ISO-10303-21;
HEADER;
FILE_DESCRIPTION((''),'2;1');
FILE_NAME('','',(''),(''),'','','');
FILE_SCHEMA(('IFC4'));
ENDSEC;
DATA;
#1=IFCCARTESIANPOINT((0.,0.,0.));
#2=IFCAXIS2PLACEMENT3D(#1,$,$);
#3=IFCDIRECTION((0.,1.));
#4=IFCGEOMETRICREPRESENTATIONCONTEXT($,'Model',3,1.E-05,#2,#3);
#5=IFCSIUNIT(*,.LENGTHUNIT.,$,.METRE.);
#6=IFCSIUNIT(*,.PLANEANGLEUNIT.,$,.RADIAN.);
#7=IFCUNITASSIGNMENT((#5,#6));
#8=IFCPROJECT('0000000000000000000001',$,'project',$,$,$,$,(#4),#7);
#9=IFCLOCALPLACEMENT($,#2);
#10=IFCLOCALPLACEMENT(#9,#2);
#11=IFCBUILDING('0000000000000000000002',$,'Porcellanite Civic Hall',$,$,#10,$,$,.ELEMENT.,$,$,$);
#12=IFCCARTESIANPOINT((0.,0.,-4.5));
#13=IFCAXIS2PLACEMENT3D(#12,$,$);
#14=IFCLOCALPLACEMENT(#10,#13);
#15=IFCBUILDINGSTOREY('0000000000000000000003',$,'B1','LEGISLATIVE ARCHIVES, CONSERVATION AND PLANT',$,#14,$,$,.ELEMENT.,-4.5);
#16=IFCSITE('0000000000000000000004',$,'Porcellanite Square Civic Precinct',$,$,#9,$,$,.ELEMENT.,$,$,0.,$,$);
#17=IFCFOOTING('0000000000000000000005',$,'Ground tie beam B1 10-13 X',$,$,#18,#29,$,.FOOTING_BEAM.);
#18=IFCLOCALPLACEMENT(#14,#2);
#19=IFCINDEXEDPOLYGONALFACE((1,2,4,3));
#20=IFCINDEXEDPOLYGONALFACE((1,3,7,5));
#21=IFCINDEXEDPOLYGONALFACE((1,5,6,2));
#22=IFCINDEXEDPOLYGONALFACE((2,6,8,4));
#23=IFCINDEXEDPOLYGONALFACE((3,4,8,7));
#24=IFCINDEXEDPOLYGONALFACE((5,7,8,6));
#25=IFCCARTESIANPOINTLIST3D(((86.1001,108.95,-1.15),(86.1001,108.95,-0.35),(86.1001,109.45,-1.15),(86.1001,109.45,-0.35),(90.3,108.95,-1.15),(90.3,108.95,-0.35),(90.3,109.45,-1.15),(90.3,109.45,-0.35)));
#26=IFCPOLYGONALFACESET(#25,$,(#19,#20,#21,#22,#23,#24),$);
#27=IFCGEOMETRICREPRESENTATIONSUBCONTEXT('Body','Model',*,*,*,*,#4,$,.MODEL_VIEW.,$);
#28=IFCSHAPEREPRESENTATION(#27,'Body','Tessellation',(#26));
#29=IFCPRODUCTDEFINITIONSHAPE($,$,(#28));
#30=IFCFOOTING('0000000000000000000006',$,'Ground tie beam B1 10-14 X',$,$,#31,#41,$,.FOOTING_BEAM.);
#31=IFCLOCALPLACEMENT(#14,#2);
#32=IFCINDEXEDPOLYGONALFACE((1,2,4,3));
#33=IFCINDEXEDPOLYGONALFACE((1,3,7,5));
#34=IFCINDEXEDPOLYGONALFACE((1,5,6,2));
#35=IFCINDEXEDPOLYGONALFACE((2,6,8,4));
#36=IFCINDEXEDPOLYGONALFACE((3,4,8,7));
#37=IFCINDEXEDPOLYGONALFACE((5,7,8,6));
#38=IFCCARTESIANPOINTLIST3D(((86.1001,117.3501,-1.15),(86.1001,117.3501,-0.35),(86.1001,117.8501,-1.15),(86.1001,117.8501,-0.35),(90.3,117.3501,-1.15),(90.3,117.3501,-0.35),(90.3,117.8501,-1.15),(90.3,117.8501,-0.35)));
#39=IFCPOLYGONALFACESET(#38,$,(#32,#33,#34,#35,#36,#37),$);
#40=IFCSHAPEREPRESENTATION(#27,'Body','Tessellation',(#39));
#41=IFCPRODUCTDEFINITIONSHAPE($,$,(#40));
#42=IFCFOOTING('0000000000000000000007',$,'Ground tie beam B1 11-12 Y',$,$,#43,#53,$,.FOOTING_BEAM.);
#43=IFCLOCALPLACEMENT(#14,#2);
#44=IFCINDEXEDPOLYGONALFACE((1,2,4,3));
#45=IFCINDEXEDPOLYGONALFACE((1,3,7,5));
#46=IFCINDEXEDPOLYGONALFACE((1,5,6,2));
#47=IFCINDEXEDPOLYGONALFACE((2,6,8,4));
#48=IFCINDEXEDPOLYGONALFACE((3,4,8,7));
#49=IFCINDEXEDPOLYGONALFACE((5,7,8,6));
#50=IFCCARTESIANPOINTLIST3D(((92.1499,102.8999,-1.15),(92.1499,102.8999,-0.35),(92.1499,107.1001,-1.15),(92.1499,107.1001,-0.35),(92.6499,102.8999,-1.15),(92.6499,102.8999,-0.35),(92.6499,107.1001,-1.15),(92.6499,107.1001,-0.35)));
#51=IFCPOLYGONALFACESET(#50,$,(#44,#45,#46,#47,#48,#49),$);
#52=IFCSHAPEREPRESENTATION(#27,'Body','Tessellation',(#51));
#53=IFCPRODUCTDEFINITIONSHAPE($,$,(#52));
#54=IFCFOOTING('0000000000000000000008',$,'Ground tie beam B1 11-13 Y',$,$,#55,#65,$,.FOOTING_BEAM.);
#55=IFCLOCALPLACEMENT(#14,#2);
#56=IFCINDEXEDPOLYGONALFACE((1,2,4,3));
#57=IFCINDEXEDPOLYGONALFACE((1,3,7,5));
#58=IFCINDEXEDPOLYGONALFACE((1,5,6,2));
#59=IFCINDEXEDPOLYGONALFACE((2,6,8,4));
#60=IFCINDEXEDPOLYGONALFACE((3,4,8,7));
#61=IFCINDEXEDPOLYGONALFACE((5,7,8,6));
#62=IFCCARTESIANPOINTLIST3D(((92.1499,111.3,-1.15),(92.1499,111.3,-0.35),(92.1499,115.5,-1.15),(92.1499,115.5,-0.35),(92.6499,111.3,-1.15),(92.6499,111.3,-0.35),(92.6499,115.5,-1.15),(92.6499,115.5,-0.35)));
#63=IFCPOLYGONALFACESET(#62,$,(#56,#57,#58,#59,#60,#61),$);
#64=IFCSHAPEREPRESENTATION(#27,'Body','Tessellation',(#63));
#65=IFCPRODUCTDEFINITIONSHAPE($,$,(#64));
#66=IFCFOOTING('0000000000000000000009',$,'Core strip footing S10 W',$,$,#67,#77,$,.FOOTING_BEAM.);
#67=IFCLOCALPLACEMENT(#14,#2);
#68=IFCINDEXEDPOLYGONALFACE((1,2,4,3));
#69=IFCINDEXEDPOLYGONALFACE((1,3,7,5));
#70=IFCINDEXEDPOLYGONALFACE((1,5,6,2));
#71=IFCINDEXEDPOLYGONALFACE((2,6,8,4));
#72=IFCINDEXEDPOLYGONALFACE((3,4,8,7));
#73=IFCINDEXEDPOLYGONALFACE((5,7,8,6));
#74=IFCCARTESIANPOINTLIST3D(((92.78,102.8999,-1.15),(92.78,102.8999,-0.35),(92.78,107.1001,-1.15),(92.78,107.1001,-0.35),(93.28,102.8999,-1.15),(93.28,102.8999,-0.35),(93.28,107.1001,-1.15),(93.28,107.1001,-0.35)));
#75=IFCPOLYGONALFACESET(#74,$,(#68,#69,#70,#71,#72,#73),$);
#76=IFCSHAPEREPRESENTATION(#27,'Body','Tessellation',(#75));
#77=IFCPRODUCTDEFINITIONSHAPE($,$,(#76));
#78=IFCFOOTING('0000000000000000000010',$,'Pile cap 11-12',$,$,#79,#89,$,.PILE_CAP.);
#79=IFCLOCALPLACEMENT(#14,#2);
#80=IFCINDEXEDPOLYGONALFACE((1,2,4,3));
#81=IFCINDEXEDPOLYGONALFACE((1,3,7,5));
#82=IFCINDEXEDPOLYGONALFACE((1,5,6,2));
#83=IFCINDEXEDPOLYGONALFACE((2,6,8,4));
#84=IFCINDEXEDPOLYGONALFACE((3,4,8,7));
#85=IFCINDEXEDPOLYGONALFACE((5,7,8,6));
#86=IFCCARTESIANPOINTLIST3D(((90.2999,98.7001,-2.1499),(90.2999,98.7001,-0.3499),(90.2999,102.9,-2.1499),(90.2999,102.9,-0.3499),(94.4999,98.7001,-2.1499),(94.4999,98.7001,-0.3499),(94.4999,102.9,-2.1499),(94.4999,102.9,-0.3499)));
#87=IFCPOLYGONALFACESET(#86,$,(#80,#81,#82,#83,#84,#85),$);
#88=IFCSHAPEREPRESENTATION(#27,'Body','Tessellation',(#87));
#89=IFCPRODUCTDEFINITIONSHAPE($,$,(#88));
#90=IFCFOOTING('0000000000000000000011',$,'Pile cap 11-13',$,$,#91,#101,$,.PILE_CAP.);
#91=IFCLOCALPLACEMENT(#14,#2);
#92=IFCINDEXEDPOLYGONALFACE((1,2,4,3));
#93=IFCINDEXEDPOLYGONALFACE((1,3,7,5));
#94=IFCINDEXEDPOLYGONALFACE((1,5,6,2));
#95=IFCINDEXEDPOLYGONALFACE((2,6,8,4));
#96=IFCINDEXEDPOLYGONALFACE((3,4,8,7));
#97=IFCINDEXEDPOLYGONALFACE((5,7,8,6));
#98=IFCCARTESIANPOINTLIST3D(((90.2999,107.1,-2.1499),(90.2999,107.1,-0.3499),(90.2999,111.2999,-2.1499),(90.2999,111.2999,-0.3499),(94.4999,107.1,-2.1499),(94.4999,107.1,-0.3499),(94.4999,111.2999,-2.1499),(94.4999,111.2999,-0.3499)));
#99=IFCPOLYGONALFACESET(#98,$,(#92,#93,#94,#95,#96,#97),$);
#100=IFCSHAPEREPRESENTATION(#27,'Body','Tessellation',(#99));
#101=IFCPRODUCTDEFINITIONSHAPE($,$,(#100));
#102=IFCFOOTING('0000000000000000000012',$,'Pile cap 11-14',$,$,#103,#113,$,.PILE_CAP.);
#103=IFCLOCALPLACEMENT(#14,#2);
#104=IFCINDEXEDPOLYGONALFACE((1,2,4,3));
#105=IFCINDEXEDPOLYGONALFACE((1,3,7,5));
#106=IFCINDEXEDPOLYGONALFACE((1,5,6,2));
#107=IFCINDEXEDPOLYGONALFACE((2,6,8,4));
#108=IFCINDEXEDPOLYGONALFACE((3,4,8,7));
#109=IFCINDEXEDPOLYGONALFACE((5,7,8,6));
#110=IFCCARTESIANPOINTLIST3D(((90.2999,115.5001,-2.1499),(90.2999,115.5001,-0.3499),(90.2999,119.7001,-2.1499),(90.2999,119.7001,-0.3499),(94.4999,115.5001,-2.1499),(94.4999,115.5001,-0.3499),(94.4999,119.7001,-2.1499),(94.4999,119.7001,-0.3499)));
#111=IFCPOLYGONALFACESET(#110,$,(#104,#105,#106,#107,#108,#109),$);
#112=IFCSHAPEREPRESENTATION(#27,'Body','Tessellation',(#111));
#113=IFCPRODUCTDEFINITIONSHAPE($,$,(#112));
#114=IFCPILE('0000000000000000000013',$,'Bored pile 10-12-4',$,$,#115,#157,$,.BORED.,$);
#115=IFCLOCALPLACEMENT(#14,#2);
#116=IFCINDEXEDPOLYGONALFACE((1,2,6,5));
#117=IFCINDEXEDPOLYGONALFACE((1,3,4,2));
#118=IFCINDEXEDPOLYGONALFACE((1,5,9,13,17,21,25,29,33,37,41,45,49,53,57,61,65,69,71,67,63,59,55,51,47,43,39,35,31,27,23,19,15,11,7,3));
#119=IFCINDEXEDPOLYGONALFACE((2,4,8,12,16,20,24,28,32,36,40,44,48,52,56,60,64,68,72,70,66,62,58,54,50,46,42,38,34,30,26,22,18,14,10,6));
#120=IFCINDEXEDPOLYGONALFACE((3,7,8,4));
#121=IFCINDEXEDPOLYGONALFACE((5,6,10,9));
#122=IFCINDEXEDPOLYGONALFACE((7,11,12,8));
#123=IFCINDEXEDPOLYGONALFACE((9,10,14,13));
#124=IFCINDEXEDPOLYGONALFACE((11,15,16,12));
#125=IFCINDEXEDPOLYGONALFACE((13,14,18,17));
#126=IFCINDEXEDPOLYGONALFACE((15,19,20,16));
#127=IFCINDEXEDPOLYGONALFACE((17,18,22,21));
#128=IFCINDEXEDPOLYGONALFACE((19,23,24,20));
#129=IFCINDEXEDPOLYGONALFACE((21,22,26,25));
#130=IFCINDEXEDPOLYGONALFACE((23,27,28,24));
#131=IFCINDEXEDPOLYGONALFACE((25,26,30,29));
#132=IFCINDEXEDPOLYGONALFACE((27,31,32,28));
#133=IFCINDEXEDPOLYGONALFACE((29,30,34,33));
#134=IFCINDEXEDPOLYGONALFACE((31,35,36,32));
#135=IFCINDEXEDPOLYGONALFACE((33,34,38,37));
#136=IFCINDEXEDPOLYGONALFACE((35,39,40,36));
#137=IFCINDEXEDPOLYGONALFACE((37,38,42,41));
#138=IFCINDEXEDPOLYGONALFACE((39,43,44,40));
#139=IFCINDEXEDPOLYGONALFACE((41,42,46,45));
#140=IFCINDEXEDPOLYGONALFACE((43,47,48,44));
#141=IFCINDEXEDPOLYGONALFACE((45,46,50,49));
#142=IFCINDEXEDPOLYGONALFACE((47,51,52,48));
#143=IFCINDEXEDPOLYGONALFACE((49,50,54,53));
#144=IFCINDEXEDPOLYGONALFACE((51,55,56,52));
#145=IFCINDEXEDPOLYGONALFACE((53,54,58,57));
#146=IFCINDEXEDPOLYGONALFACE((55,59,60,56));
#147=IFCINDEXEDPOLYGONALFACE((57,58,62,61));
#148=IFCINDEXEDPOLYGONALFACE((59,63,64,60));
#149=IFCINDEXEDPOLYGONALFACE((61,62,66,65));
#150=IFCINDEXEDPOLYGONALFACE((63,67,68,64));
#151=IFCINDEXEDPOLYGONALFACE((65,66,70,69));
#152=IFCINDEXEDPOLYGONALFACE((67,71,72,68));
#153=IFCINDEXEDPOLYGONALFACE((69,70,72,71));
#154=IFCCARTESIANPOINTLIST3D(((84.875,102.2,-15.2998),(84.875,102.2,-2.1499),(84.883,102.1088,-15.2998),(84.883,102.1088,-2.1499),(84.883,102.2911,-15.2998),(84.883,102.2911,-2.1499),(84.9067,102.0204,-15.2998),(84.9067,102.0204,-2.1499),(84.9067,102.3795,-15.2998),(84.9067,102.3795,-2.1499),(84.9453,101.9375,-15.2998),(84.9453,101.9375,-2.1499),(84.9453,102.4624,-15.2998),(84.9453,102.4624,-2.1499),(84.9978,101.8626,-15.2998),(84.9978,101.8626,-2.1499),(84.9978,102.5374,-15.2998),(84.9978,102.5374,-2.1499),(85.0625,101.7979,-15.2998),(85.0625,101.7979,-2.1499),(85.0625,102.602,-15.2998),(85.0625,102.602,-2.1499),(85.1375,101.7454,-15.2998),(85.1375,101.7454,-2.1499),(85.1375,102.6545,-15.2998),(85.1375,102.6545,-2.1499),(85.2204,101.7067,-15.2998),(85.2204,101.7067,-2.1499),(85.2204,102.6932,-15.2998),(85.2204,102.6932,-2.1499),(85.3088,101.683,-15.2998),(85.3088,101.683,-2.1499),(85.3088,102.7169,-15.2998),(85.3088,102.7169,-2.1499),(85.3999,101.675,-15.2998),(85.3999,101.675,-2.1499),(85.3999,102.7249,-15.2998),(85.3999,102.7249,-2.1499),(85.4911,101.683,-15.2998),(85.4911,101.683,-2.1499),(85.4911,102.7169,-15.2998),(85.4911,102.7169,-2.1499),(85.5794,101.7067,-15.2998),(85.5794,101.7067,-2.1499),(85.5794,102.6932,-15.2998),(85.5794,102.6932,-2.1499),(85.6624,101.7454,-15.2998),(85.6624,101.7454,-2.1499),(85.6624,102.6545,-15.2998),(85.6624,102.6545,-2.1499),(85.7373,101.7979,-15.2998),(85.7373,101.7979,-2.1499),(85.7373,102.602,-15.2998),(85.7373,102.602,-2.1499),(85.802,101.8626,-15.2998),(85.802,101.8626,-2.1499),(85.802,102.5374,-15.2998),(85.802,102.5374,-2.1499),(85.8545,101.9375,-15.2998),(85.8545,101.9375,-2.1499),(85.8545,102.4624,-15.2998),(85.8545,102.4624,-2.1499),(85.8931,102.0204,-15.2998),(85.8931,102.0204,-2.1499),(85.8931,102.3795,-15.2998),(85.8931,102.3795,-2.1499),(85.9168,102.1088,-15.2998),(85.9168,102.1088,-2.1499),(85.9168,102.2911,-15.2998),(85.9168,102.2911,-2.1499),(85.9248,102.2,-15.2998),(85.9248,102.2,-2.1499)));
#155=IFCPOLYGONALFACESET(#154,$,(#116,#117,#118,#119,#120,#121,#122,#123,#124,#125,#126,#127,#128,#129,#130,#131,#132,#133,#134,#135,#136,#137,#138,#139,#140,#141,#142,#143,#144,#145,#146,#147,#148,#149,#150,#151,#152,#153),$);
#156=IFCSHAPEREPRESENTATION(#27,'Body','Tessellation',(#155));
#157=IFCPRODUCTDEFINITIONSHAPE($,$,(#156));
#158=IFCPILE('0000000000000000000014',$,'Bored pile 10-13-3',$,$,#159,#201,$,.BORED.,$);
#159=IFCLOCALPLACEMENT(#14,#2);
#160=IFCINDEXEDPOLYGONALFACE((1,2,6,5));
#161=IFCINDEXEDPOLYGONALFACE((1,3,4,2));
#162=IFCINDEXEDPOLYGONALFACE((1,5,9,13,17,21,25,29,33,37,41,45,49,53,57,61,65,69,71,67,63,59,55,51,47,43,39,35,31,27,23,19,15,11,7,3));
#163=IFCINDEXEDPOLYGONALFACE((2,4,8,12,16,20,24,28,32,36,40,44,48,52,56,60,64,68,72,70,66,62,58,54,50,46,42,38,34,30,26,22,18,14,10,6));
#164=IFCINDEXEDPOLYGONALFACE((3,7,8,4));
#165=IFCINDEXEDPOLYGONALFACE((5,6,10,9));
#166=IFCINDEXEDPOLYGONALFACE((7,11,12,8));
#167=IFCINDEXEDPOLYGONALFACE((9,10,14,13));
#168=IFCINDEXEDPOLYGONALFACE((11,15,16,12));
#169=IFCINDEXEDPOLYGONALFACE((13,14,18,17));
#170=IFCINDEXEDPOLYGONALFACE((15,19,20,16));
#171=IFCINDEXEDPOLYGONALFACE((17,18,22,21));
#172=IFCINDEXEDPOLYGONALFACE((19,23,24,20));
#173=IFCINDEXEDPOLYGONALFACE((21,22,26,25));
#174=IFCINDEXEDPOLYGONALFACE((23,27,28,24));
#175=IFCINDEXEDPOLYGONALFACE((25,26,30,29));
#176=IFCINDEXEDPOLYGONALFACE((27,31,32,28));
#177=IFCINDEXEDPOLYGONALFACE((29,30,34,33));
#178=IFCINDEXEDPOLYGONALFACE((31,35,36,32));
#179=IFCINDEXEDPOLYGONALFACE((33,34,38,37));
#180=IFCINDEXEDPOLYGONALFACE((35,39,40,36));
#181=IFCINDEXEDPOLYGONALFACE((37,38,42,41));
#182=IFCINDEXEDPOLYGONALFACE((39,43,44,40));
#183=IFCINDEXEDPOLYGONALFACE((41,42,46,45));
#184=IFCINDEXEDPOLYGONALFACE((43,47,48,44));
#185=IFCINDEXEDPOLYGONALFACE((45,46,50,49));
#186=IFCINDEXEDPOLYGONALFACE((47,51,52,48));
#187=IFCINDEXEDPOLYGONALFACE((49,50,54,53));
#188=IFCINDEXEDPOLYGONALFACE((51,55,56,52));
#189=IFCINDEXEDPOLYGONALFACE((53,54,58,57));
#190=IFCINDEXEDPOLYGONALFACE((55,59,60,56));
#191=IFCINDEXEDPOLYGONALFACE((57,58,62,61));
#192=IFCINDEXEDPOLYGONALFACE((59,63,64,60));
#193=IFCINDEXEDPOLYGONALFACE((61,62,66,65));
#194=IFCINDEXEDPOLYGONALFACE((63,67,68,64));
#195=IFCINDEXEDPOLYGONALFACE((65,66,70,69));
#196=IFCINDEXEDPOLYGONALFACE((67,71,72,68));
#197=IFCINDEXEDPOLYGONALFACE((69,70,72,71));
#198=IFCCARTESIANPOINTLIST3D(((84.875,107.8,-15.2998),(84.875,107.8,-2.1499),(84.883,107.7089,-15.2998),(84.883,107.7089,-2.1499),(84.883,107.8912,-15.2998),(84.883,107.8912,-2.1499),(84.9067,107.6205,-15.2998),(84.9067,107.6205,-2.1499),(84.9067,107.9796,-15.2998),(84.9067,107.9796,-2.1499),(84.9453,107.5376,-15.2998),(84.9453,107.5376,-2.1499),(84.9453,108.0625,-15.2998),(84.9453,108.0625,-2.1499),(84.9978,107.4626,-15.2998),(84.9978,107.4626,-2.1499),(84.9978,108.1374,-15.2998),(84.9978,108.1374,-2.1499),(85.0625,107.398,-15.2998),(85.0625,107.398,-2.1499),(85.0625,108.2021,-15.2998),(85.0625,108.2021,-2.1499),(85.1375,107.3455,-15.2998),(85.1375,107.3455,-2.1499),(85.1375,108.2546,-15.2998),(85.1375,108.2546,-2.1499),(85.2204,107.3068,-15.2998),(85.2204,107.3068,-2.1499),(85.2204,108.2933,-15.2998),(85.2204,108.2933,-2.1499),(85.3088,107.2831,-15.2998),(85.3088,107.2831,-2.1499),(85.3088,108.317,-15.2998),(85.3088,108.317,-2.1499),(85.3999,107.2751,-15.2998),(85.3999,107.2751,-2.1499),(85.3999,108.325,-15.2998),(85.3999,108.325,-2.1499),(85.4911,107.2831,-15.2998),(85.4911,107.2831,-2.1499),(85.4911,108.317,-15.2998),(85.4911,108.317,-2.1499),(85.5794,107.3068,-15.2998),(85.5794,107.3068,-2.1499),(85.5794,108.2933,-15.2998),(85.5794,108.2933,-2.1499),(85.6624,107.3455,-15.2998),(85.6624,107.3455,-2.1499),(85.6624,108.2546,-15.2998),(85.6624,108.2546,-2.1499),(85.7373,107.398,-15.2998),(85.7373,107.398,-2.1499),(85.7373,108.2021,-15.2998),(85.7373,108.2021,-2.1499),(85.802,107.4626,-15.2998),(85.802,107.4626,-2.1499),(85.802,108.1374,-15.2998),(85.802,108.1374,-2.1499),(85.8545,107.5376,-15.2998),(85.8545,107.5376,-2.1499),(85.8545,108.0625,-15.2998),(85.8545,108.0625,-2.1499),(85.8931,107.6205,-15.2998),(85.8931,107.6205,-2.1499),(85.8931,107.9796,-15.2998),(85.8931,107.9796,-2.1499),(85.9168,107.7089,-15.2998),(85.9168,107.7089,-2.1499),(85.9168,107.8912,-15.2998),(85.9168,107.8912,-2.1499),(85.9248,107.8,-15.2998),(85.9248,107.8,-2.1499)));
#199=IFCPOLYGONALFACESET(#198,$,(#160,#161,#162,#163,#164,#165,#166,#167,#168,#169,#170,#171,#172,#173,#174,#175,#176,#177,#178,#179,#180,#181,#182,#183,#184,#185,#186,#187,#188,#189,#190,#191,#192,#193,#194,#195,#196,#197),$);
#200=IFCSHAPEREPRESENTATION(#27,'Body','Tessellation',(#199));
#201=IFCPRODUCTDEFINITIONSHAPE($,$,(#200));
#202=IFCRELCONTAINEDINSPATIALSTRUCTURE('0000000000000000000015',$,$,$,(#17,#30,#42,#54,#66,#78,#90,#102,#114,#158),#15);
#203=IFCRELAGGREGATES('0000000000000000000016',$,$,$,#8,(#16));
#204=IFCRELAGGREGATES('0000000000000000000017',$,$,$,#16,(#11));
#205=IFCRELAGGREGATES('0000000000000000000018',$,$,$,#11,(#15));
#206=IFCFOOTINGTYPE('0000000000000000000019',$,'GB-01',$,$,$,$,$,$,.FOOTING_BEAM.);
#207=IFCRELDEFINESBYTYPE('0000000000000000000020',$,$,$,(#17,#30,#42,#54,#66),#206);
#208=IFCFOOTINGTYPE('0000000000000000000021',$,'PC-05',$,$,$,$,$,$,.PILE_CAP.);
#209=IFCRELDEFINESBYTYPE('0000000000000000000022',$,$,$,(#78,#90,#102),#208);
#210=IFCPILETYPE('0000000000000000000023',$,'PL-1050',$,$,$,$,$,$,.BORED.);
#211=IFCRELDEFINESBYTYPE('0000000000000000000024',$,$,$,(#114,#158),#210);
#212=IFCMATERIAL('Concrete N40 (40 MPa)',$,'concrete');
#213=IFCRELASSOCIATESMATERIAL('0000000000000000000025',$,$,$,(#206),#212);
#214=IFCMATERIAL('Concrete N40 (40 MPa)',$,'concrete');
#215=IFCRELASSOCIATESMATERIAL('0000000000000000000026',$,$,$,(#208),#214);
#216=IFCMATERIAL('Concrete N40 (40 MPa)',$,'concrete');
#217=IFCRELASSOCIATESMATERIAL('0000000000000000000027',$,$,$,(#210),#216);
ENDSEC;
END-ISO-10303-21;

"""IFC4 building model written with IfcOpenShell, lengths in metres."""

from ifc_helpers import new_model, si_unit, direction, frame, origin, origin_2d, place, context, subcontext, project, spatial, rectangle, circle, extrude, material, material_profile, profile_set, type_object, element, save


model = new_model("IFC4")

# Units and contexts
model_context = context("Model", 3, precision=1e-05, world=origin(), true_north=direction((0.0, 1.0)))
body_context = subcontext(model_context, "Body", "Model", "MODEL_VIEW")
ifc_project = project(units=[si_unit("LENGTHUNIT", "METRE"), si_unit("PLANEANGLEUNIT", "RADIAN")], contexts=[model_context])

# Site, building, storey
site_placement = place(None, origin())
site = spatial("IfcSite", under=ifc_project, at=site_placement, Name="Porcellanite Square Civic Precinct", CompositionType="ELEMENT", RefElevation=0.0)
building_placement = place(site_placement, origin())
building = spatial("IfcBuilding", under=site, at=building_placement, Name="Porcellanite Civic Hall", CompositionType="ELEMENT")
storey_placement = place(building_placement, frame((0.0, 0.0, -4.5)))
storey = spatial("IfcBuildingStorey", under=building, at=storey_placement, Name="B1", Description="LEGISLATIVE ARCHIVES, CONSERVATION AND PLANT", CompositionType="ELEMENT", Elevation=-4.5)

# Footings
ifc_material_1 = material(Name="Concrete N40 (40 MPa)", Category="concrete")
ifc_material_profile_1 = material_profile(ifc_material_1, rectangle(XDim=0.5, YDim=0.8, at=origin_2d()), Name="RC-500x800")
ifc_profile_set_1 = profile_set([ifc_material_profile_1], Name="Concrete N40 (40 MPa)")
footing_type_1 = type_object("IfcFootingType", Name="GB-01", PredefinedType="FOOTING_BEAM", material=ifc_profile_set_1)
for number, where, z_axis, x_axis, name in (
    (1, (86.1001, 109.2, -0.75), (1.0, 0.0, 0.0), (0.0, 1.0, 0.0), "Ground tie beam B1 10-13 X"),
    (2, (86.1001, 117.6001, -0.75), (1.0, 0.0, 0.0), (0.0, 1.0, 0.0), "Ground tie beam B1 10-14 X"),
):
    element("IfcFooting", number, at=place(storey_placement, frame(where, z_axis=z_axis, x_axis=x_axis)), inside=storey, type_object=footing_type_1, Name=name, PredefinedType="FOOTING_BEAM", context=body_context, shape_type="SweptSolid", body=[
        extrude(rectangle(XDim=0.5, YDim=0.8, at=origin_2d()), origin(), (0.0, 0.0, 1.0), 4.2),
    ])
footing_1_placement = place(storey_placement, frame((92.3999, 102.8999, -0.75), z_axis=(0.0, 1.0, 0.0), x_axis=(-1.0, 0.0, 0.0)))
element("IfcFooting", 3, at=footing_1_placement, inside=storey, type_object=footing_type_1, Name="Ground tie beam B1 11-12 Y", PredefinedType="FOOTING_BEAM", context=body_context, shape_type="SweptSolid", body=[
    extrude(rectangle(XDim=0.5, YDim=0.8, at=origin_2d()), origin(), (0.0, 0.0, 1.0), 4.2002),
])
footing_2_placement = place(storey_placement, frame((92.3999, 111.3, -0.75), z_axis=(0.0, 1.0, 0.0), x_axis=(-1.0, 0.0, 0.0)))
element("IfcFooting", 4, at=footing_2_placement, inside=storey, type_object=footing_type_1, Name="Ground tie beam B1 11-13 Y", PredefinedType="FOOTING_BEAM", context=body_context, shape_type="SweptSolid", body=[
    extrude(rectangle(XDim=0.5, YDim=0.8, at=origin_2d()), origin(), (0.0, 0.0, 1.0), 4.2),
])
footing_3_placement = place(storey_placement, frame((93.03, 102.8999, -0.75), z_axis=(0.0, 1.0, 0.0), x_axis=(-1.0, 0.0, 0.0)))
element("IfcFooting", 5, at=footing_3_placement, inside=storey, type_object=footing_type_1, Name="Core strip footing S10 W", PredefinedType="FOOTING_BEAM", context=body_context, shape_type="SweptSolid", body=[
    extrude(rectangle(XDim=0.5, YDim=0.8, at=origin_2d()), origin(), (0.0, 0.0, 1.0), 4.2002),
])
ifc_material_2 = material(Name="Concrete N40 (40 MPa)", Category="concrete")
footing_type_2 = type_object("IfcFootingType", Name="PC-05", PredefinedType="PILE_CAP", material=ifc_material_2)
for number, where, z_axis, x_axis, name in (
    (6, (92.3999, 100.8, -2.1499), (0.0, 0.0, 1.0), (1.0, 0.0, 0.0), "Pile cap 11-12"),
    (7, (92.3999, 109.2, -2.1499), (0.0, 0.0, 1.0), (1.0, 0.0, 0.0), "Pile cap 11-13"),
    (8, (92.3999, 117.6001, -2.1499), (0.0, 0.0, 1.0), (1.0, 0.0, 0.0), "Pile cap 11-14"),
):
    element("IfcFooting", number, at=place(storey_placement, frame(where, z_axis=z_axis, x_axis=x_axis)), inside=storey, type_object=footing_type_2, Name=name, PredefinedType="PILE_CAP", context=body_context, shape_type="SweptSolid", body=[
        extrude(rectangle(XDim=4.2, YDim=4.2, at=origin_2d()), origin(), (0.0, 0.0, 1.0), 1.8),
    ])

# Piles
ifc_material_3 = material(Name="Concrete N40 (40 MPa)", Category="concrete")
ifc_material_profile_2 = material_profile(ifc_material_3, circle(Radius=0.5249, at=origin_2d()), Name="PILE-D1050")
ifc_profile_set_2 = profile_set([ifc_material_profile_2], Name="Concrete N40 (40 MPa)")
pile_type = type_object("IfcPileType", Name="PL-1050", PredefinedType="BORED", material=ifc_profile_set_2)
for number, where, z_axis, x_axis, name in (
    (9, (85.3999, 102.2, -2.1499), (0.0, 0.0, -1.0), (1.0, 0.0, 0.0), "Bored pile 10-12-4"),
    (10, (85.3999, 107.8, -2.1499), (0.0, 0.0, -1.0), (1.0, 0.0, 0.0), "Bored pile 10-13-3"),
):
    element("IfcPile", number, at=place(storey_placement, frame(where, z_axis=z_axis, x_axis=x_axis)), inside=storey, type_object=pile_type, Name=name, PredefinedType="BORED", context=body_context, shape_type="SweptSolid", body=[
        extrude(circle(Radius=0.5249, at=origin_2d()), origin(), (0.0, 0.0, 1.0), 13.1499),
    ])

save(model, "model.ifc")
